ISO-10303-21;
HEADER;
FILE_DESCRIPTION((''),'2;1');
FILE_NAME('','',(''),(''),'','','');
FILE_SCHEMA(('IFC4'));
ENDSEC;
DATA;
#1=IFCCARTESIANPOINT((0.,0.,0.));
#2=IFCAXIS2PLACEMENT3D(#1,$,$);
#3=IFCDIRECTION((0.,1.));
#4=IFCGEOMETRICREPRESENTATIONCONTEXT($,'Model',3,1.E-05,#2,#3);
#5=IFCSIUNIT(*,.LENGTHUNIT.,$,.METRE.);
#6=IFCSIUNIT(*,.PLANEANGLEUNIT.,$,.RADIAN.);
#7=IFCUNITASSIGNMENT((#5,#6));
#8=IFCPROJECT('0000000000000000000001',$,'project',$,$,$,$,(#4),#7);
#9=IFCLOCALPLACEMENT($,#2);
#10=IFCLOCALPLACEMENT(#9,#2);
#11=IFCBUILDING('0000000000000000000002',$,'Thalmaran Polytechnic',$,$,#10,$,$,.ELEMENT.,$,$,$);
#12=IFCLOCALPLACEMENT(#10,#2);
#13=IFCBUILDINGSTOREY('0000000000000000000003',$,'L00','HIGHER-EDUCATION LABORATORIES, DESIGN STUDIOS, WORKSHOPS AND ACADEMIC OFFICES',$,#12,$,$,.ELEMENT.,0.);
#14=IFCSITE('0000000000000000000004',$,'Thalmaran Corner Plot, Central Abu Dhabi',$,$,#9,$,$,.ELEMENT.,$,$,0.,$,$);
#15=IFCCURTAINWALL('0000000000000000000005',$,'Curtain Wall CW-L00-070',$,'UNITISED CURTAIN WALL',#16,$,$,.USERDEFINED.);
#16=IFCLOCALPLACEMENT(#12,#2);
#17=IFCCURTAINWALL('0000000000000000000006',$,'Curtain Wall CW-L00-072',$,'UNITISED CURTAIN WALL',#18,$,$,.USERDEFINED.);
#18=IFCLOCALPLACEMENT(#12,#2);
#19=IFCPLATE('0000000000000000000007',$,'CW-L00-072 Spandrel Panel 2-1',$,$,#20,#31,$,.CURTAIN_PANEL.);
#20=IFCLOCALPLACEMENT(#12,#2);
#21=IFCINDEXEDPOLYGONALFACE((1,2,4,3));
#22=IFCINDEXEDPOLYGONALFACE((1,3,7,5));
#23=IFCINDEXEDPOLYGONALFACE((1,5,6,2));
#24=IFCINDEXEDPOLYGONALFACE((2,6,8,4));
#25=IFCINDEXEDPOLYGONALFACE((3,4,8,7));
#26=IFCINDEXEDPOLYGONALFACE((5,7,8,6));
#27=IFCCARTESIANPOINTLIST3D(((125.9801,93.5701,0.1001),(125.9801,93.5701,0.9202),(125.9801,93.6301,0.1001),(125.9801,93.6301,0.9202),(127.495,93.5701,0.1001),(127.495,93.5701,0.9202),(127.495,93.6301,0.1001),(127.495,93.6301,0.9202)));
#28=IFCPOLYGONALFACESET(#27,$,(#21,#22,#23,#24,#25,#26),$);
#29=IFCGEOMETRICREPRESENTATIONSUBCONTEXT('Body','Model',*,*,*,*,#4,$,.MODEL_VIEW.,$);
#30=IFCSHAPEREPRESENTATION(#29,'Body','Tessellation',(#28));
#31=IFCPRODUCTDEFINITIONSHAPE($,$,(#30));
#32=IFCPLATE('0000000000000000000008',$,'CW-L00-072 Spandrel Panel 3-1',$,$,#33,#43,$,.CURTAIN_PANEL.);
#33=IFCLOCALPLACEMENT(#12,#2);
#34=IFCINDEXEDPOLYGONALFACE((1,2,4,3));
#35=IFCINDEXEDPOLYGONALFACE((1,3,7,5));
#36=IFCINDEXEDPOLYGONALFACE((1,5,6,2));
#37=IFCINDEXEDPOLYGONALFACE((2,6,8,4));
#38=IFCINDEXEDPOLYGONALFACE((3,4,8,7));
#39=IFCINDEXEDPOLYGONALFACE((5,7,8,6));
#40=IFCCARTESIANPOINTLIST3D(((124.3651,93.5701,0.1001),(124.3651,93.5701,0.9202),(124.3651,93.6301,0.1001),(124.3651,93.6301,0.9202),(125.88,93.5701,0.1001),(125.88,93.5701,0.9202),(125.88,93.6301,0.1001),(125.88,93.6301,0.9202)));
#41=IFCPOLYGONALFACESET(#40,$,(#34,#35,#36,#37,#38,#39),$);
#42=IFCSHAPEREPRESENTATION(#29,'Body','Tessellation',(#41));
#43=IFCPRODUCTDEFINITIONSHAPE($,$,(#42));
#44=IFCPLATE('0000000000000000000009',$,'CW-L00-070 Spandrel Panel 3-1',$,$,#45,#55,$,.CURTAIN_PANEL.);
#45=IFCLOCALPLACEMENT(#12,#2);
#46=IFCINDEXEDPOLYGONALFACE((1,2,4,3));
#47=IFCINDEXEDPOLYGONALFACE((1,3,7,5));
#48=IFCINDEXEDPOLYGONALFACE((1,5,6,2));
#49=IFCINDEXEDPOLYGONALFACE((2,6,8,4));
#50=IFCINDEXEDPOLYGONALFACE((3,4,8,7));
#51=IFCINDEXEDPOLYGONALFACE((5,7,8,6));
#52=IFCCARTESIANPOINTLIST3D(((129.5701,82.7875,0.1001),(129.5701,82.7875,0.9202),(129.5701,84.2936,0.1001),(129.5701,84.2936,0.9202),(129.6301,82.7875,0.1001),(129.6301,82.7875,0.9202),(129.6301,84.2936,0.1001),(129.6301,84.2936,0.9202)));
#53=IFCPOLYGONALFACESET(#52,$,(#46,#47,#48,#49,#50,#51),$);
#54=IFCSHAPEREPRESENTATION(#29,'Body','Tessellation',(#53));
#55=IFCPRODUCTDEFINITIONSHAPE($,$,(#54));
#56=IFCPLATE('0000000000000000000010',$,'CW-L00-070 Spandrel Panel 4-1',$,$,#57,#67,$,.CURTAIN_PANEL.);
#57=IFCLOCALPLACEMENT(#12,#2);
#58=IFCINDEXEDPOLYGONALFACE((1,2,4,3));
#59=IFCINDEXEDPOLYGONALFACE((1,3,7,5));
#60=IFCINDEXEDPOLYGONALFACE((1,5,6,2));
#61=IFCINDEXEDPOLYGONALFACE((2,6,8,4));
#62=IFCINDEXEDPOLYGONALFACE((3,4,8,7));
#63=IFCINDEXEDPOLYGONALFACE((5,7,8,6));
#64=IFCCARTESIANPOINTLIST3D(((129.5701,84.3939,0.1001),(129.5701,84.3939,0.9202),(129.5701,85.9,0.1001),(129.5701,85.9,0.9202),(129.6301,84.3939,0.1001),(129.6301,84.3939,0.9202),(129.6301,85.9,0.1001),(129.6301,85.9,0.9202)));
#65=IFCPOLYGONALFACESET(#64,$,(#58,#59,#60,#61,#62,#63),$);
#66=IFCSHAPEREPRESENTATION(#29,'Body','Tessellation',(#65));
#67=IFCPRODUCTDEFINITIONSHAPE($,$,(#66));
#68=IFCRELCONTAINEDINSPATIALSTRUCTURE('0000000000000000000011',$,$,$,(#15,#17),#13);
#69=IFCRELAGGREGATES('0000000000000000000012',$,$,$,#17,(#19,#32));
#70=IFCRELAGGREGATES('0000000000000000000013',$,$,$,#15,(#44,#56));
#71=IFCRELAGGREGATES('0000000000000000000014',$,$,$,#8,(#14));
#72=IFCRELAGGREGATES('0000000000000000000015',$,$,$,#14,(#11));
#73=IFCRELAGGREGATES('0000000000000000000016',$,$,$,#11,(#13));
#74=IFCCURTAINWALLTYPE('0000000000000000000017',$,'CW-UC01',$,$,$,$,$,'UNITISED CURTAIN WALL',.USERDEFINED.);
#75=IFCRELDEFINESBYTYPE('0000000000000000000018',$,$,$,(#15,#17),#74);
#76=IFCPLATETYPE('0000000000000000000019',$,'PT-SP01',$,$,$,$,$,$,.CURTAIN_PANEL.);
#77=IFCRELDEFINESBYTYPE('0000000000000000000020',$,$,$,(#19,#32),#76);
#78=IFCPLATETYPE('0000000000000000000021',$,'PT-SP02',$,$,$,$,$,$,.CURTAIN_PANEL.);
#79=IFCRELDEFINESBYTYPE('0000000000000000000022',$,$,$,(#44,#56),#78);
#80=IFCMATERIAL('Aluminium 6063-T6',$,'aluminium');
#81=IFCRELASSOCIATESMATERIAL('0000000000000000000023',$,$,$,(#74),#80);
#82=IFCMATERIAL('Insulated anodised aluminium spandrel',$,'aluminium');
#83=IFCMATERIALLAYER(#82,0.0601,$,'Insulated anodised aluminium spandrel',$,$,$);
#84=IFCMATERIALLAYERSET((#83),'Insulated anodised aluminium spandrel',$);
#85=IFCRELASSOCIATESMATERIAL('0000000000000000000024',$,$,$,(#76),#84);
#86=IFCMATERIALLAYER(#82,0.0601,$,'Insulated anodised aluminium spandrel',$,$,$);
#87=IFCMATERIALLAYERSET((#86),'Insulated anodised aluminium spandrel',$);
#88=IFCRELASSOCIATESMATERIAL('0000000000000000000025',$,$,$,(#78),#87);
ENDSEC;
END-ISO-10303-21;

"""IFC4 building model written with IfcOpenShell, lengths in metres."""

from ifc_helpers import new_model, si_unit, direction, frame, origin, origin_2d, place, context, subcontext, project, spatial, rectangle, extrude, material, layer, layer_set, type_object, element, aggregate, save


model = new_model("IFC4")

# Units and contexts
model_context = context("Model", 3, precision=1e-05, world=origin(), true_north=direction((0.0, 1.0)))
body_context = subcontext(model_context, "Body", "Model", "MODEL_VIEW")
ifc_project = project(units=[si_unit("LENGTHUNIT", "METRE"), si_unit("PLANEANGLEUNIT", "RADIAN")], contexts=[model_context])

# Site, building, storey
site_placement = place(None, origin())
site = spatial("IfcSite", under=ifc_project, at=site_placement, Name="Thalmaran Corner Plot, Central Abu Dhabi", CompositionType="ELEMENT", RefElevation=0.0)
building_placement = place(site_placement, origin())
building = spatial("IfcBuilding", under=site, at=building_placement, Name="Thalmaran Polytechnic", CompositionType="ELEMENT")
storey_placement = place(building_placement, origin())
storey = spatial("IfcBuildingStorey", under=building, at=storey_placement, Name="L00", Description="HIGHER-EDUCATION LABORATORIES, DESIGN STUDIOS, WORKSHOPS AND ACADEMIC OFFICES", CompositionType="ELEMENT", Elevation=0.0)

# Curtain walls
ifc_material_1 = material(Name="Aluminium 6063-T6", Category="aluminium")
curtain_wall_type = type_object("IfcCurtainWallType", Name="CW-UC01", ElementType="UNITISED CURTAIN WALL", PredefinedType="USERDEFINED", material=ifc_material_1)
curtain_wall_1_placement = place(storey_placement, origin())
curtain_wall_1 = element("IfcCurtainWall", 1, at=curtain_wall_1_placement, inside=storey, type_object=curtain_wall_type, Name="Curtain Wall CW-L00-070", ObjectType="UNITISED CURTAIN WALL", PredefinedType="USERDEFINED")
curtain_wall_2_placement = place(storey_placement, origin())
curtain_wall_2 = element("IfcCurtainWall", 2, at=curtain_wall_2_placement, inside=storey, type_object=curtain_wall_type, Name="Curtain Wall CW-L00-072", ObjectType="UNITISED CURTAIN WALL", PredefinedType="USERDEFINED")

# Plates
ifc_material_2 = material(Name="Insulated anodised aluminium spandrel", Category="aluminium")
ifc_layer_1 = layer(ifc_material_2, 0.0601, Name="Insulated anodised aluminium spandrel")
ifc_layer_set_1 = layer_set([ifc_layer_1], Name="Insulated anodised aluminium spandrel")
plate_type_1 = type_object("IfcPlateType", Name="PT-SP01", PredefinedType="CURTAIN_PANEL", material=ifc_layer_set_1)
plate_1_placement = place(storey_placement, frame((126.7375, 93.6001, 0.1001), z_axis=(0.0, 0.0, 1.0), x_axis=(-1.0, 0.0, 0.0)))
plate_1 = element("IfcPlate", 3, at=plate_1_placement, type_object=plate_type_1, Name="CW-L00-072 Spandrel Panel 2-1", PredefinedType="CURTAIN_PANEL", context=body_context, shape_type="SweptSolid", body=[
    extrude(rectangle(XDim=1.5149, YDim=0.0601, at=origin_2d()), origin(), (0.0, 0.0, 1.0), 0.8201),
])
plate_2_placement = place(storey_placement, frame((125.1226, 93.6001, 0.1001), z_axis=(0.0, 0.0, 1.0), x_axis=(-1.0, 0.0, 0.0)))
plate_2 = element("IfcPlate", 4, at=plate_2_placement, type_object=plate_type_1, Name="CW-L00-072 Spandrel Panel 3-1", PredefinedType="CURTAIN_PANEL", context=body_context, shape_type="SweptSolid", body=[
    extrude(rectangle(XDim=1.5149, YDim=0.0601, at=origin_2d()), origin(), (0.0, 0.0, 1.0), 0.8201),
])
aggregate(curtain_wall_2, [plate_1, plate_2])
ifc_layer_2 = layer(ifc_material_2, 0.0601, Name="Insulated anodised aluminium spandrel")
ifc_layer_set_2 = layer_set([ifc_layer_2], Name="Insulated anodised aluminium spandrel")
plate_type_2 = type_object("IfcPlateType", Name="PT-SP02", PredefinedType="CURTAIN_PANEL", material=ifc_layer_set_2)
plate_3_placement = place(storey_placement, frame((129.6001, 83.5405, 0.1001), z_axis=(0.0, 0.0, 1.0), x_axis=(0.0, 1.0, 0.0)))
plate_3 = element("IfcPlate", 5, at=plate_3_placement, type_object=plate_type_2, Name="CW-L00-070 Spandrel Panel 3-1", PredefinedType="CURTAIN_PANEL", context=body_context, shape_type="SweptSolid", body=[
    extrude(rectangle(XDim=1.5061, YDim=0.0601, at=origin_2d()), origin(), (0.0, 0.0, 1.0), 0.8201),
])
plate_4_placement = place(storey_placement, frame((129.6001, 85.147, 0.1001), z_axis=(0.0, 0.0, 1.0), x_axis=(0.0, 1.0, 0.0)))
plate_4 = element("IfcPlate", 6, at=plate_4_placement, type_object=plate_type_2, Name="CW-L00-070 Spandrel Panel 4-1", PredefinedType="CURTAIN_PANEL", context=body_context, shape_type="SweptSolid", body=[
    extrude(rectangle(XDim=1.5061, YDim=0.0601, at=origin_2d()), origin(), (0.0, 0.0, 1.0), 0.8201),
])
aggregate(curtain_wall_1, [plate_3, plate_4])

save(model, "model.ifc")
